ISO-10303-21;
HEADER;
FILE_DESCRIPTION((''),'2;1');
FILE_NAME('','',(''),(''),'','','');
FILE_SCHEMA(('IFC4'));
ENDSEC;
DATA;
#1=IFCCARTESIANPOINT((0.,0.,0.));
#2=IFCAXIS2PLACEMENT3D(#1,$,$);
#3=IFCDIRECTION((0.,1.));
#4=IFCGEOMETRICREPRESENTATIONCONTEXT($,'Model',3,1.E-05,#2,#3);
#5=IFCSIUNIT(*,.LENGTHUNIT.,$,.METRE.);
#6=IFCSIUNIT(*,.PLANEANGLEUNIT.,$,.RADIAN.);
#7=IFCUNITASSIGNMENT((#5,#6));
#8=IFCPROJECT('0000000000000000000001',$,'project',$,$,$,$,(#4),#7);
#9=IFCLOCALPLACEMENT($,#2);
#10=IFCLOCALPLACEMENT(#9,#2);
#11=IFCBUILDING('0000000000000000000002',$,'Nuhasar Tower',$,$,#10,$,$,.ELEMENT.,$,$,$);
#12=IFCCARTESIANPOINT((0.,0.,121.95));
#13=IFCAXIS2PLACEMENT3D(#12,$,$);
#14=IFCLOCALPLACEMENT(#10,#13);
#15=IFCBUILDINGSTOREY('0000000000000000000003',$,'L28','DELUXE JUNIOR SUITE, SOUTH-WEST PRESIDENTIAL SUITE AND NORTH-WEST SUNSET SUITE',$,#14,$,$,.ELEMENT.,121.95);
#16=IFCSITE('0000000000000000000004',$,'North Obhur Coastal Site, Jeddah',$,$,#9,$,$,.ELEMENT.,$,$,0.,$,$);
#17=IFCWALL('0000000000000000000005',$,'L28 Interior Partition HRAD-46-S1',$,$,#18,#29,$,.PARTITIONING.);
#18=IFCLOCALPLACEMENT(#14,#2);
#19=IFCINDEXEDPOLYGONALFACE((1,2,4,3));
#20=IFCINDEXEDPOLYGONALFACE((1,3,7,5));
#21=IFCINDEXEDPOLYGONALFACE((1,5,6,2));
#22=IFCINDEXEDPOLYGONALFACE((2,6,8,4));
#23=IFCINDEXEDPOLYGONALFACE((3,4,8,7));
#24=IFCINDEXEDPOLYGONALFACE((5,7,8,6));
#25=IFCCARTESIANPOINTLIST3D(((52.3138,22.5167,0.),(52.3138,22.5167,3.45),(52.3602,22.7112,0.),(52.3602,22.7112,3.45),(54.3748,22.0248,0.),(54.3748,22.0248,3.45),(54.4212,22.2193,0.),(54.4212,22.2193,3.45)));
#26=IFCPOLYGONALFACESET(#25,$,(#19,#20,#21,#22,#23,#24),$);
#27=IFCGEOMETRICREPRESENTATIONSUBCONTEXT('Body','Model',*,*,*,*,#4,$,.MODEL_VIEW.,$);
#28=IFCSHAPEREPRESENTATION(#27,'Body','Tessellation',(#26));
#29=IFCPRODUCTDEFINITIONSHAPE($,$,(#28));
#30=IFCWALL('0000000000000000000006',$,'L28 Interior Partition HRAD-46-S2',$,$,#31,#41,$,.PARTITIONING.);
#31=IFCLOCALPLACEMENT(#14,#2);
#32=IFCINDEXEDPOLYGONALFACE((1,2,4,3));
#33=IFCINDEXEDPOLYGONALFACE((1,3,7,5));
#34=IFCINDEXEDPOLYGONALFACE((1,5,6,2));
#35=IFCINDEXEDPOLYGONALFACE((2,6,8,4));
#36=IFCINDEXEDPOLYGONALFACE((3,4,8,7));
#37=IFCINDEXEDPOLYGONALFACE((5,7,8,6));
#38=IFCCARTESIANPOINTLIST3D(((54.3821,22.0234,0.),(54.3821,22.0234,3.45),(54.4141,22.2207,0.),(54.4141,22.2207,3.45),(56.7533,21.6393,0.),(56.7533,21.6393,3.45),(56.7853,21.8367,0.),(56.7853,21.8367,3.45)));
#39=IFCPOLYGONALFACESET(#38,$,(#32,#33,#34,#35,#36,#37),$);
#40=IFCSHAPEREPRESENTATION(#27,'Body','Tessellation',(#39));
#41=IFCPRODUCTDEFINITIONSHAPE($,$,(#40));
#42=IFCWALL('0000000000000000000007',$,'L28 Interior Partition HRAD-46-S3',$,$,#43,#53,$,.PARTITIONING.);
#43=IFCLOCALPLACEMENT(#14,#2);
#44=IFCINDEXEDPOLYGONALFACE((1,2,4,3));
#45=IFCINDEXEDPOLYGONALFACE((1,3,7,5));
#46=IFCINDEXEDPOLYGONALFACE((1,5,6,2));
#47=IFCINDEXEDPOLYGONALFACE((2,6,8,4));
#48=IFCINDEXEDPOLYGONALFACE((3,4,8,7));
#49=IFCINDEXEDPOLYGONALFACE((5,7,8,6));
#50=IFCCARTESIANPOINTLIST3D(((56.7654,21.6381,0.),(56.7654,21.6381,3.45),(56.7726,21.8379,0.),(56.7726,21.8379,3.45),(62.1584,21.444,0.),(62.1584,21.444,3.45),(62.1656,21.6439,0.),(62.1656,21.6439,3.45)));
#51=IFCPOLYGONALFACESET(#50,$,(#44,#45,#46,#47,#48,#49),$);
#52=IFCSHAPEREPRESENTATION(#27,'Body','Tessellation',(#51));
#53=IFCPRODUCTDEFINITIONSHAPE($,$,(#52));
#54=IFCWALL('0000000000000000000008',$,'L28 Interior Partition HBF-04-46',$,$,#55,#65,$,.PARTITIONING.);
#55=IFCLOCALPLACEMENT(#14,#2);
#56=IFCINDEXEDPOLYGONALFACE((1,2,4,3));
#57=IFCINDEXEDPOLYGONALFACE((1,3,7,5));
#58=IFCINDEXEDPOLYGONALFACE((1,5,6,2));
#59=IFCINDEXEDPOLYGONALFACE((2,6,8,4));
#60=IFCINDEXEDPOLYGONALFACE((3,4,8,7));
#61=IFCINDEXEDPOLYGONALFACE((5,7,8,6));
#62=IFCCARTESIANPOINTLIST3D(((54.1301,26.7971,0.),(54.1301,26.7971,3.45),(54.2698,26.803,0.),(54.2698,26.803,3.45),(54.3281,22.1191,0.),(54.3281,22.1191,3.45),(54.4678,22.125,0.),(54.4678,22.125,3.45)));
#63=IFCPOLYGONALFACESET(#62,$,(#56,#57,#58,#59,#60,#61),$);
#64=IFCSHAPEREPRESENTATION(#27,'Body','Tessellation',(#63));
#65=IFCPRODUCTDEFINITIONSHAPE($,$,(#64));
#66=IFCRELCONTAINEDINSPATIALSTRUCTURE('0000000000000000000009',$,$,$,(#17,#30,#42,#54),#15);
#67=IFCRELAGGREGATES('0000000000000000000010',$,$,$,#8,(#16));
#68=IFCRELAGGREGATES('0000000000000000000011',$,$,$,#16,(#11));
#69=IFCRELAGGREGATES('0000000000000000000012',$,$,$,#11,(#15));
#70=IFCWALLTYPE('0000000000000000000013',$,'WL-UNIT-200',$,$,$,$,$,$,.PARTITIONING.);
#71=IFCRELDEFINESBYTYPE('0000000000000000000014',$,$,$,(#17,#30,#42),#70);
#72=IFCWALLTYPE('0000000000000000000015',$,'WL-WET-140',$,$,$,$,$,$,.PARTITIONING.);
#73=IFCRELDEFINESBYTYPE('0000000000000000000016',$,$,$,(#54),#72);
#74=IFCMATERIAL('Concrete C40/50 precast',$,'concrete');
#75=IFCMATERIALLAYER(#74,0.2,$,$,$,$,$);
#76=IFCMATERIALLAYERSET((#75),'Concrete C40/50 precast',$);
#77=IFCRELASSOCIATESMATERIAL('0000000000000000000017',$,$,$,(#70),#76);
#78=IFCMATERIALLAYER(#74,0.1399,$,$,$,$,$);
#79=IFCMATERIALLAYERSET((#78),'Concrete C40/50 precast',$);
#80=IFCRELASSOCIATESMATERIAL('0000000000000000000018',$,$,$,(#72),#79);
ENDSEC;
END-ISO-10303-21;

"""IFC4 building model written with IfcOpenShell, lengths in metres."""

from ifc_helpers import new_model, si_unit, direction, frame, frame_2d, origin, place, context, subcontext, project, spatial, rectangle, extrude, material, layer, layer_set, type_object, element, save


model = new_model("IFC4")

# Units and contexts
model_context = context("Model", 3, precision=1e-05, world=origin(), true_north=direction((0.0, 1.0)))
body_context = subcontext(model_context, "Body", "Model", "MODEL_VIEW")
ifc_project = project(units=[si_unit("LENGTHUNIT", "METRE"), si_unit("PLANEANGLEUNIT", "RADIAN")], contexts=[model_context])

# Site, building, storey
site_placement = place(None, origin())
site = spatial("IfcSite", under=ifc_project, at=site_placement, Name="North Obhur Coastal Site, Jeddah", CompositionType="ELEMENT", RefElevation=0.0)
building_placement = place(site_placement, origin())
building = spatial("IfcBuilding", under=site, at=building_placement, Name="Nuhasar Tower", CompositionType="ELEMENT")
storey_placement = place(building_placement, frame((0.0, 0.0, 121.95)))
storey = spatial("IfcBuildingStorey", under=building, at=storey_placement, Name="L28", Description="DELUXE JUNIOR SUITE, SOUTH-WEST PRESIDENTIAL SUITE AND NORTH-WEST SUNSET SUITE", CompositionType="ELEMENT", Elevation=121.95)

# Walls
ifc_material_1 = material(Name="Concrete C40/50 precast", Category="concrete")
ifc_layer_1 = layer(ifc_material_1, 0.2)
ifc_layer_set_1 = layer_set([ifc_layer_1], Name="Concrete C40/50 precast")
wall_type_1 = type_object("IfcWallType", Name="WL-UNIT-200", PredefinedType="PARTITIONING", material=ifc_layer_set_1)
wall_1_placement = place(storey_placement, frame((52.3369, 22.614, 0.0), z_axis=(0.0, 0.0, 1.0), x_axis=(0.972676, -0.232166, 0.0)))
element("IfcWall", 1, at=wall_1_placement, inside=storey, type_object=wall_type_1, Name="L28 Interior Partition HRAD-46-S1", PredefinedType="PARTITIONING", context=body_context, shape_type="SweptSolid", body=[
    extrude(rectangle(XDim=2.1189, YDim=0.2, at=frame_2d((1.0596, 0.0))), origin(), (0.0, 0.0, 1.0), 3.45),
])
wall_2_placement = place(storey_placement, frame((54.3979, 22.1221, 0.0), z_axis=(0.0, 0.0, 1.0), x_axis=(0.987136, -0.159881, 0.0)))
element("IfcWall", 2, at=wall_2_placement, inside=storey, type_object=wall_type_1, Name="L28 Interior Partition HRAD-46-S2", PredefinedType="PARTITIONING", context=body_context, shape_type="SweptSolid", body=[
    extrude(rectangle(XDim=2.4021, YDim=0.2, at=frame_2d((1.2012, 0.0))), origin(), (0.0, 0.0, 1.0), 3.45),
])
wall_3_placement = place(storey_placement, frame((56.769, 21.738, 0.0), z_axis=(0.0, 0.0, 1.0), x_axis=(0.999353, -0.035966, 0.0)))
element("IfcWall", 3, at=wall_3_placement, inside=storey, type_object=wall_type_1, Name="L28 Interior Partition HRAD-46-S3", PredefinedType="PARTITIONING", context=body_context, shape_type="SweptSolid", body=[
    extrude(rectangle(XDim=5.3965, YDim=0.2, at=frame_2d((2.6982, 0.0))), origin(), (0.0, 0.0, 1.0), 3.45),
])
ifc_layer_2 = layer(ifc_material_1, 0.1399)
ifc_layer_set_2 = layer_set([ifc_layer_2], Name="Concrete C40/50 precast")
wall_type_2 = type_object("IfcWallType", Name="WL-WET-140", PredefinedType="PARTITIONING", material=ifc_layer_set_2)
wall_4_placement = place(storey_placement, frame((54.3979, 22.1221, 0.0), z_axis=(0.0, 0.0, 1.0), x_axis=(-0.042288, 0.999105, 0.0)))
element("IfcWall", 4, at=wall_4_placement, inside=storey, type_object=wall_type_2, Name="L28 Interior Partition HBF-04-46", PredefinedType="PARTITIONING", context=body_context, shape_type="SweptSolid", body=[
    extrude(rectangle(XDim=4.6821, YDim=0.1399, at=frame_2d((2.3411, 0.0))), origin(), (0.0, 0.0, 1.0), 3.45),
])

save(model, "model.ifc")
